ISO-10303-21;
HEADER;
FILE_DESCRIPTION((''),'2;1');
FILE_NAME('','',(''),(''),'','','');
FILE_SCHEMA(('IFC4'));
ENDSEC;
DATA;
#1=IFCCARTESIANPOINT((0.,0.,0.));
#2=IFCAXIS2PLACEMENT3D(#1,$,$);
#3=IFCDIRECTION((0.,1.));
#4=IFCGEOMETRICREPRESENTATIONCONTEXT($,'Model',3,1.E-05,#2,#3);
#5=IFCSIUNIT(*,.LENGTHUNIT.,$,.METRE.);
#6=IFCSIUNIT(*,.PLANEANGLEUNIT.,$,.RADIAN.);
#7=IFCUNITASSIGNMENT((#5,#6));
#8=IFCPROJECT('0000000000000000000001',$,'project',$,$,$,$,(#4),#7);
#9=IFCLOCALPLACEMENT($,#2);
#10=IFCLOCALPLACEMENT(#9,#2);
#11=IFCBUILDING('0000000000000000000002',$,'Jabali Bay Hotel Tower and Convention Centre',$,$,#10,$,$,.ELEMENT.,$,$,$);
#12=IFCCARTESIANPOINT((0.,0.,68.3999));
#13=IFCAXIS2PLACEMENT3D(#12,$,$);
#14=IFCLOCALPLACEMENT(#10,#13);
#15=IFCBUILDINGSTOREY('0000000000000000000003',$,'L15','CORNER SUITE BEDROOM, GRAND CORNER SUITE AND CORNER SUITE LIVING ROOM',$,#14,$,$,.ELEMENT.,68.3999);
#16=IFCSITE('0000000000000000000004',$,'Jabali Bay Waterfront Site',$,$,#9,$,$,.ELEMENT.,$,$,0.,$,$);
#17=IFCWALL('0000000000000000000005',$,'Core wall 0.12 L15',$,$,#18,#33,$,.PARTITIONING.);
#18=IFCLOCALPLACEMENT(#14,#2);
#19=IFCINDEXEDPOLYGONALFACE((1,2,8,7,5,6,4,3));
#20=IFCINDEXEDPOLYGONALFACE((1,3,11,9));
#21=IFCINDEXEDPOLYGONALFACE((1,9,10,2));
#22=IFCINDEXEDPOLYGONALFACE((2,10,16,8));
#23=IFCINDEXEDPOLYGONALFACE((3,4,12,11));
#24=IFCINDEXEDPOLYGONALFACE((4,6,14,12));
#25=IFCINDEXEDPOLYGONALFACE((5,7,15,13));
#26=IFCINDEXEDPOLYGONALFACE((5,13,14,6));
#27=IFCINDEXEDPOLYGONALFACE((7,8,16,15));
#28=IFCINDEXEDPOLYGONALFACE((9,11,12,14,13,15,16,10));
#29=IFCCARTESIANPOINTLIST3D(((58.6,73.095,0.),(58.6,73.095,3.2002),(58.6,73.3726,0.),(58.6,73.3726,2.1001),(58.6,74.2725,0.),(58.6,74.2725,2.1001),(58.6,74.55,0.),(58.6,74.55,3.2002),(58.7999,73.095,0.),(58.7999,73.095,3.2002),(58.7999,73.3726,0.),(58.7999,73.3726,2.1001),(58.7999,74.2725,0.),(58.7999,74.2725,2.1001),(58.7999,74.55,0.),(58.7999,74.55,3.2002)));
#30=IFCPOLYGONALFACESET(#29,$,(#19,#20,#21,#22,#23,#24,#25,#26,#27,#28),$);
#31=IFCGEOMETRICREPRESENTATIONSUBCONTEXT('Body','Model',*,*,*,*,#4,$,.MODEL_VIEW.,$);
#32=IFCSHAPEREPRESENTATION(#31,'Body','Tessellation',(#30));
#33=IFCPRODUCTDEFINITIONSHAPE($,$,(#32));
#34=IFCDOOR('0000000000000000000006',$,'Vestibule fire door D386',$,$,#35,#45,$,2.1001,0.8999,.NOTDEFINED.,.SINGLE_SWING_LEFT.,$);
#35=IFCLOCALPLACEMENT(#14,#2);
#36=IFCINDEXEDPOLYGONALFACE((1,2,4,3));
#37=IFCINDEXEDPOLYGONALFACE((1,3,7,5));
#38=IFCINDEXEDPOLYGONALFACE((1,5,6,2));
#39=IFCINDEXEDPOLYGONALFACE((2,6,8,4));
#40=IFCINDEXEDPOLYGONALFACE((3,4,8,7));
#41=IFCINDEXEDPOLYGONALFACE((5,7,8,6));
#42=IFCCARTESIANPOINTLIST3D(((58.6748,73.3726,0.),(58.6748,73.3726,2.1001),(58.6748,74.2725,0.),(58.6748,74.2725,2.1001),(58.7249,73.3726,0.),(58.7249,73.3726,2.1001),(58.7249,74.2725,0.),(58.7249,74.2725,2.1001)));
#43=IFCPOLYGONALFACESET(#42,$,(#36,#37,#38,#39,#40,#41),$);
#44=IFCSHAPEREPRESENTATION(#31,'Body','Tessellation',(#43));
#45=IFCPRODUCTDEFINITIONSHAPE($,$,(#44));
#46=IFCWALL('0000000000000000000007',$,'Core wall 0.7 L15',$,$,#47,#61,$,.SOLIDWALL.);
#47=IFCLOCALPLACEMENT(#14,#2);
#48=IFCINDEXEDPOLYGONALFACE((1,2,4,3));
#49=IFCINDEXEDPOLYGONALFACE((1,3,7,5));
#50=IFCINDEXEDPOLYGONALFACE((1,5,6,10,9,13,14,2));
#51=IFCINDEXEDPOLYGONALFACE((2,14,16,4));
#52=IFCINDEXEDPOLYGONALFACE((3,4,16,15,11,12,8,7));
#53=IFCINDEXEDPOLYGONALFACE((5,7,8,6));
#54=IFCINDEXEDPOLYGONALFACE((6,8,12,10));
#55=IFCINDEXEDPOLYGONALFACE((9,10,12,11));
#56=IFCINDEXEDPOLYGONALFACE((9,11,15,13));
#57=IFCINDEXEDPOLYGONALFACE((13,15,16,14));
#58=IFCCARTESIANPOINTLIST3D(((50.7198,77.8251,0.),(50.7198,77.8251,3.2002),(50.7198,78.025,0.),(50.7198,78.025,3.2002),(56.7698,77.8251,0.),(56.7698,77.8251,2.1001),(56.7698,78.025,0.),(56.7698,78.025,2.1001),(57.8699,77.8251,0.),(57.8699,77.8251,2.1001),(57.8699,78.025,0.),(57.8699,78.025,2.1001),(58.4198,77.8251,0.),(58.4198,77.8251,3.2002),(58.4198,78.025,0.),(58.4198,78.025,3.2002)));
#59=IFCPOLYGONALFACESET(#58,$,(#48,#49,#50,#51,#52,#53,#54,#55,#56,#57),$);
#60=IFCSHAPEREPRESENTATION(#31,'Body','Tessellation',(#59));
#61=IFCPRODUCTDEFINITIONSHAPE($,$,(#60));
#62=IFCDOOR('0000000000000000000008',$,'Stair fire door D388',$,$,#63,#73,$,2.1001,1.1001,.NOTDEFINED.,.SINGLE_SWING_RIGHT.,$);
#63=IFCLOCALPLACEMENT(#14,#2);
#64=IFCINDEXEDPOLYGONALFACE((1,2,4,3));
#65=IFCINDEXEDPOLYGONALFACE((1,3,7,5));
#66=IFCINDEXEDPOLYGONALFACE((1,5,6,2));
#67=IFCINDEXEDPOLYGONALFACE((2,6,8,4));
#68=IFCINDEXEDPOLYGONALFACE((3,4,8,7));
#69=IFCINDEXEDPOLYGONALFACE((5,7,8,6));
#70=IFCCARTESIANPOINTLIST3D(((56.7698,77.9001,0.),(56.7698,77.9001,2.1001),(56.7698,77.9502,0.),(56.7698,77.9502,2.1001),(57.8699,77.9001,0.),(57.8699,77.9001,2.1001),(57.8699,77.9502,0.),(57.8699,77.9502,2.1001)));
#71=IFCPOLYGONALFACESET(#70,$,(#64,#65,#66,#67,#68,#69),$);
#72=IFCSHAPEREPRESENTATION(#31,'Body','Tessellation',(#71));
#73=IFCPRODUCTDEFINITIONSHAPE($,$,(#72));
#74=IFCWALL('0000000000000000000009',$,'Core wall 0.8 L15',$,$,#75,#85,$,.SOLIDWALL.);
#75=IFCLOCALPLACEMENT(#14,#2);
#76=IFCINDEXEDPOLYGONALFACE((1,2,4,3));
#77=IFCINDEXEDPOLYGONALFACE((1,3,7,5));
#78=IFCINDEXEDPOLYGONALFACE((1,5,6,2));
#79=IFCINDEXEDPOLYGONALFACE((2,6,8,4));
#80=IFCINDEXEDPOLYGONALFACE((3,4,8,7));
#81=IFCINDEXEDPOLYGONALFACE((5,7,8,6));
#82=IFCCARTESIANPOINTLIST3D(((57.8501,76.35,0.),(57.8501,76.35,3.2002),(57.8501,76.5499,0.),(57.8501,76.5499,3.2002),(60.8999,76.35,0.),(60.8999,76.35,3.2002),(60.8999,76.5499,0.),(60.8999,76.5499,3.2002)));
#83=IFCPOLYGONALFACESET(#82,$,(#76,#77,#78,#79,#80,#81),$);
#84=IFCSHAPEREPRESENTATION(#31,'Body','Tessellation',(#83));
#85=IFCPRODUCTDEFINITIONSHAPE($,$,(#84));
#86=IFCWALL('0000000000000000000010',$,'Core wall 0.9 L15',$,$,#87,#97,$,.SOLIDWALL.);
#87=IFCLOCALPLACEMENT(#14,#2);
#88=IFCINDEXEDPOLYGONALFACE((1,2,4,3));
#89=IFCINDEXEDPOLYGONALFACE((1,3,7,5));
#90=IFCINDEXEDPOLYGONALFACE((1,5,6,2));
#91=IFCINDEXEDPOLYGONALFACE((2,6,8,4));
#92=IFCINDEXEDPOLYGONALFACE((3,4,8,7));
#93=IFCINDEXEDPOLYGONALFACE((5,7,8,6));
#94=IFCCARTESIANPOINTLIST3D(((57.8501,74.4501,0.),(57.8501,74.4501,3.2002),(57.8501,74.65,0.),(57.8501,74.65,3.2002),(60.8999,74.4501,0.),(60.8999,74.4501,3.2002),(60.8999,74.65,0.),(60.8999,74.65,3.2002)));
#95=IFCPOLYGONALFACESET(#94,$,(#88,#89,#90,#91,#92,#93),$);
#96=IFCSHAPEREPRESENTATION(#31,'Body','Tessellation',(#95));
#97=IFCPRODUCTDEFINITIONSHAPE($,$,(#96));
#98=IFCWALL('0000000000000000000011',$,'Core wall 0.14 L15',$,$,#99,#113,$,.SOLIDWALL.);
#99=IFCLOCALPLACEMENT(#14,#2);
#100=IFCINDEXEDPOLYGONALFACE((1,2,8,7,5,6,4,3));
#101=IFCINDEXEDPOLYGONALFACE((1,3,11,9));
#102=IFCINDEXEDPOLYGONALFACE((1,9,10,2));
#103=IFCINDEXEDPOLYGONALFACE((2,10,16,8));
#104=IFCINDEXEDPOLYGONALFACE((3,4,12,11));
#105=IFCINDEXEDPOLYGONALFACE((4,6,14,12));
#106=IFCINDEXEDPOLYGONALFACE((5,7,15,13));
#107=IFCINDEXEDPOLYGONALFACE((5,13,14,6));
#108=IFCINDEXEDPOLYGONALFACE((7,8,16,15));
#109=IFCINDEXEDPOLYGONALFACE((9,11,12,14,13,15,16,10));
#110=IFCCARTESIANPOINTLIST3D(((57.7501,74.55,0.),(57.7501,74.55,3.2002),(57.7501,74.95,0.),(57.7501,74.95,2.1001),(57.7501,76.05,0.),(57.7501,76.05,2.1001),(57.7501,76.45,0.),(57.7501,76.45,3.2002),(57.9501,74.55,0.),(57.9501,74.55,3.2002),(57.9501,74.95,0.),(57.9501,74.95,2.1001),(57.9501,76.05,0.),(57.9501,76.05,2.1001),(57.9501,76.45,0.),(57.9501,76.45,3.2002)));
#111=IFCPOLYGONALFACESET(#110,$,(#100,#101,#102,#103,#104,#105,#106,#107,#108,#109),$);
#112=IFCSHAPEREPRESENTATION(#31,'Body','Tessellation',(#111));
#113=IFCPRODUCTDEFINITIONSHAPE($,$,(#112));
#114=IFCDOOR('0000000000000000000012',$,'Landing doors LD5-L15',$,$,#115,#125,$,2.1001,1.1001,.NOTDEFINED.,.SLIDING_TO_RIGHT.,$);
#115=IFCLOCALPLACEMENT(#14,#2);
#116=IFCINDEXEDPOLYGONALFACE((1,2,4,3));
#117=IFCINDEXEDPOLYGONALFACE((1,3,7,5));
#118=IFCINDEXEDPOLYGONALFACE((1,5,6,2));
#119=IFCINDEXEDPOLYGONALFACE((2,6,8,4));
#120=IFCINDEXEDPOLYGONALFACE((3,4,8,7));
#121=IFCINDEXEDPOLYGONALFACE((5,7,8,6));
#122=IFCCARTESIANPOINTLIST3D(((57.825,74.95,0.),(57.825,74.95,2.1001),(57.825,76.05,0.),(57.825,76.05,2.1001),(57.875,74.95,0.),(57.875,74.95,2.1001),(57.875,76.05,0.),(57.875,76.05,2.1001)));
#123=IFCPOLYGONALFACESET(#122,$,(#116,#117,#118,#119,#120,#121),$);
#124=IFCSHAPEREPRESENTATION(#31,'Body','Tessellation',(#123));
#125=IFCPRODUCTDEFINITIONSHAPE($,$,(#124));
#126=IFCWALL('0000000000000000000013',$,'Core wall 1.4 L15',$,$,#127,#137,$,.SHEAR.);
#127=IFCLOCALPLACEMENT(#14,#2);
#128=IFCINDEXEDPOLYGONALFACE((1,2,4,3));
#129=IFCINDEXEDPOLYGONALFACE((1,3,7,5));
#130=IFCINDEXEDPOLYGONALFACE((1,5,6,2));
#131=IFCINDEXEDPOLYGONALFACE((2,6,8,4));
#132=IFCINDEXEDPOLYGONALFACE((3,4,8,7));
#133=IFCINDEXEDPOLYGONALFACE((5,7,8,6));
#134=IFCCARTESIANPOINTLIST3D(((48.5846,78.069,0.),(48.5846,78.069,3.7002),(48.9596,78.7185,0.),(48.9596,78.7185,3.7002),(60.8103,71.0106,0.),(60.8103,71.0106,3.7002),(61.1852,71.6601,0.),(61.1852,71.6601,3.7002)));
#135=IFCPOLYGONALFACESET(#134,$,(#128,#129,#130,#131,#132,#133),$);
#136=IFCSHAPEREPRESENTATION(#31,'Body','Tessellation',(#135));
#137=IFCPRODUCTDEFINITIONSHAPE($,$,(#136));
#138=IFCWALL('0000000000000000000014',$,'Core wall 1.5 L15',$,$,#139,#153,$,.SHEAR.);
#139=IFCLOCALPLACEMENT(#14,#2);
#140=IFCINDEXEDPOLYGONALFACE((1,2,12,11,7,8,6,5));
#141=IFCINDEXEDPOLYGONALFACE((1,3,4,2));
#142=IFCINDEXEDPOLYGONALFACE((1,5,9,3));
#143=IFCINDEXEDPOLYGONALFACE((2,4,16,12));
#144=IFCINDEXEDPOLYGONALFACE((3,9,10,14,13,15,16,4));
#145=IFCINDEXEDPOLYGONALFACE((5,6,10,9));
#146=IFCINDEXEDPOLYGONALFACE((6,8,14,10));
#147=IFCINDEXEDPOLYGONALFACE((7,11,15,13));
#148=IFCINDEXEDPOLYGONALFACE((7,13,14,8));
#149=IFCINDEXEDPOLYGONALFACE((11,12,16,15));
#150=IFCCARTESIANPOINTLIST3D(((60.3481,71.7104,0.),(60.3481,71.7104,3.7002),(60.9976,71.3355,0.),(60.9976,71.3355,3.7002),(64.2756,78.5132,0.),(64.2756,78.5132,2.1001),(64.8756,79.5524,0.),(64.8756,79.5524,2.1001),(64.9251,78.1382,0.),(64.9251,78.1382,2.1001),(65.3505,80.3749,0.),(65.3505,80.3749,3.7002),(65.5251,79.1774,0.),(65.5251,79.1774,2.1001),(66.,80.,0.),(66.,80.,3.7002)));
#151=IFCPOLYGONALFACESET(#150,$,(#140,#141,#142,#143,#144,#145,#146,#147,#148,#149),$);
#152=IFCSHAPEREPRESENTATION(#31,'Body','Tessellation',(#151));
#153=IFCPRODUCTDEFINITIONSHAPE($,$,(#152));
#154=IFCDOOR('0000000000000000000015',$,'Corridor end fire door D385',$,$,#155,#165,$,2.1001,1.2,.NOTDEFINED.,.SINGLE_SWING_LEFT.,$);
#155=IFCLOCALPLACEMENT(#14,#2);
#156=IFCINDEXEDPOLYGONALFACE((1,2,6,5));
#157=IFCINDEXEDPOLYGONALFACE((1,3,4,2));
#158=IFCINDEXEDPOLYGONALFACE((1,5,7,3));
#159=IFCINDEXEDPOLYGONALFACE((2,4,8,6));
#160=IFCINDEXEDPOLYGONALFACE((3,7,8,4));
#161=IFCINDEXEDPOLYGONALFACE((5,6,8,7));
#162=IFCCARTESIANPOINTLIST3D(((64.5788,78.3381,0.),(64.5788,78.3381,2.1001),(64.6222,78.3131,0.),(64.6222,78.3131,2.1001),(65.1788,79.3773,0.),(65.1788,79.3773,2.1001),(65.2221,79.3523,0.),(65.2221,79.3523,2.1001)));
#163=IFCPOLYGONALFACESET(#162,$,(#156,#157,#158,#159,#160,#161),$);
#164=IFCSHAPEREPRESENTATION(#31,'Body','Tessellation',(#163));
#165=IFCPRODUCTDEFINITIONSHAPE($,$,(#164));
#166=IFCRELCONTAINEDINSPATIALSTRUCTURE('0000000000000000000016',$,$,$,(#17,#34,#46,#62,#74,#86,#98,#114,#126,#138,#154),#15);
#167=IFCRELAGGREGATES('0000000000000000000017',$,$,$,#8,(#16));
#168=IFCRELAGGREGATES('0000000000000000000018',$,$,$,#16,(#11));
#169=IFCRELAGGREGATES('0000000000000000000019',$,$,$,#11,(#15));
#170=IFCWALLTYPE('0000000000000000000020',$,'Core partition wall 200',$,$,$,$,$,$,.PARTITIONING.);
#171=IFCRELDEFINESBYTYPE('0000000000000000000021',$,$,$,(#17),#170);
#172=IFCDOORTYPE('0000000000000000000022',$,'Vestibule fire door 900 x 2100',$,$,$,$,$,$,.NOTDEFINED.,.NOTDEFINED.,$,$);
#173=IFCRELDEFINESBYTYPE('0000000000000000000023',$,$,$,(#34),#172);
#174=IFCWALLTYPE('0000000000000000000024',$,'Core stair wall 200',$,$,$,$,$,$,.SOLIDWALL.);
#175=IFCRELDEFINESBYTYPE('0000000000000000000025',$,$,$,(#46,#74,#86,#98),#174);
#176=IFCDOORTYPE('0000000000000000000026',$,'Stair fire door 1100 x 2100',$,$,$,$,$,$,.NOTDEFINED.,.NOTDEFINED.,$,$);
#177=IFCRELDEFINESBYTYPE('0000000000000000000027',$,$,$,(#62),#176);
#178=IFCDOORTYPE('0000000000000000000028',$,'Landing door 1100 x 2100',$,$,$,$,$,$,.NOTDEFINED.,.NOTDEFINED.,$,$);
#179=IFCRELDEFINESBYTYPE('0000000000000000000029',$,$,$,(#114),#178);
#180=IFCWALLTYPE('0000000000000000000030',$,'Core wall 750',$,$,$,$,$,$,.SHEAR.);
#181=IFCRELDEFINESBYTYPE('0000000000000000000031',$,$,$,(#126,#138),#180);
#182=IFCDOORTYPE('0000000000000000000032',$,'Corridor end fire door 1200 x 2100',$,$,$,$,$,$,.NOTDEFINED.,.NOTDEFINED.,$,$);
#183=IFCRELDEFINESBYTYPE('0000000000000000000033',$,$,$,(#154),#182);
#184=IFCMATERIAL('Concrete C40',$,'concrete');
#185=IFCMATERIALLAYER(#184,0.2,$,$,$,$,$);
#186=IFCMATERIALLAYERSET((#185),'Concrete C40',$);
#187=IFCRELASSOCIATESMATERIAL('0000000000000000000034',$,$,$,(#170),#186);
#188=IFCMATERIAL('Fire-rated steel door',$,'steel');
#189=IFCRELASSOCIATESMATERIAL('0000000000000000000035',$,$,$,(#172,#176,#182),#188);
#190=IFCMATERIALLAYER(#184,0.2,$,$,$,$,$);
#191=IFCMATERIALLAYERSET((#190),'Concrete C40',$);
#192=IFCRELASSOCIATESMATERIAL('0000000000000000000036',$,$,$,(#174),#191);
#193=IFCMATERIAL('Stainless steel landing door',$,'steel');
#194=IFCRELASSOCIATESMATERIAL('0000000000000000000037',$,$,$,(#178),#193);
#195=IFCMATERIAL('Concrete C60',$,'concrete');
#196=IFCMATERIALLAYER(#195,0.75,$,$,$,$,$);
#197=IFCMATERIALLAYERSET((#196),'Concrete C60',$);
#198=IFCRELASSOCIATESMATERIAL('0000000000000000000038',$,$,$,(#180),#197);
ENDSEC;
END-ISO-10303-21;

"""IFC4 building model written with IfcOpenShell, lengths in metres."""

from ifc_helpers import new_model, si_unit, direction, frame, frame_2d, origin, place, context, subcontext, project, spatial, rectangle, extrude, material, layer, layer_set, type_object, element, fill, save


model = new_model("IFC4")

# Units and contexts
model_context = context("Model", 3, precision=1e-05, world=origin(), true_north=direction((0.0, 1.0)))
body_context = subcontext(model_context, "Body", "Model", "MODEL_VIEW")
ifc_project = project(units=[si_unit("LENGTHUNIT", "METRE"), si_unit("PLANEANGLEUNIT", "RADIAN")], contexts=[model_context])

# Site, building, storey
site_placement = place(None, origin())
site = spatial("IfcSite", under=ifc_project, at=site_placement, Name="Jabali Bay Waterfront Site", CompositionType="ELEMENT", RefElevation=0.0)
building_placement = place(site_placement, origin())
building = spatial("IfcBuilding", under=site, at=building_placement, Name="Jabali Bay Hotel Tower and Convention Centre", CompositionType="ELEMENT")
storey_placement = place(building_placement, frame((0.0, 0.0, 68.3999)))
storey = spatial("IfcBuildingStorey", under=building, at=storey_placement, Name="L15", Description="CORNER SUITE BEDROOM, GRAND CORNER SUITE AND CORNER SUITE LIVING ROOM", CompositionType="ELEMENT", Elevation=68.3999)

# Walls, openings, doors
ifc_material_1 = material(Name="Concrete C40", Category="concrete")
ifc_layer_1 = layer(ifc_material_1, 0.2)
ifc_layer_set_1 = layer_set([ifc_layer_1], Name="Concrete C40")
wall_type_1 = type_object("IfcWallType", Name="Core partition wall 200", PredefinedType="PARTITIONING", material=ifc_layer_set_1)
wall_1_placement = place(storey_placement, frame((58.7, 74.55, 0.0), z_axis=(0.0, 0.0, 1.0), x_axis=(0.0, -1.0, 0.0)))
wall_1 = element("IfcWall", 1, at=wall_1_placement, inside=storey, type_object=wall_type_1, Name="Core wall 0.12 L15", PredefinedType="PARTITIONING", context=body_context, shape_type="SweptSolid", body=[
    extrude(rectangle(XDim=1.4551, YDim=0.2, at=frame_2d((0.7275, 0.0))), origin(), (0.0, 0.0, 1.0), 3.2002),
])
opening_1_placement = place(wall_1_placement, frame((0.2776, 0.0, 0.0)))
opening_1 = element("IfcOpeningElement", 2, at=opening_1_placement, cuts=wall_1, PredefinedType="OPENING", context=body_context, shape_type="SweptSolid", body=[
    extrude(rectangle(XDim=0.8999, YDim=2.1001, at=frame_2d((0.45, 1.05))), frame((0.0, 0.1104, 0.0), z_axis=(0.0, -1.0, 0.0), x_axis=(1.0, 0.0, 0.0)), (0.0, 0.0, 1.0), 0.2209),
])
ifc_material_2 = material(Name="Fire-rated steel door", Category="steel")
door_type_1 = type_object("IfcDoorType", Name="Vestibule fire door 900 x 2100", OperationType="NOTDEFINED", PredefinedType="NOTDEFINED", material=ifc_material_2)
door_1_placement = place(opening_1_placement, origin())
door_1 = element("IfcDoor", 3, at=door_1_placement, inside=storey, type_object=door_type_1, Name="Vestibule fire door D386", OperationType="SINGLE_SWING_LEFT", OverallHeight=2.1001, OverallWidth=0.8999, PredefinedType="NOTDEFINED", context=body_context, shape_type="SweptSolid", body=[
    extrude(rectangle(XDim=0.8999, YDim=2.1001, at=frame_2d((0.45, 1.05))), frame((0.0, 0.0249, 0.0), z_axis=(0.0, -1.0, 0.0), x_axis=(1.0, 0.0, 0.0)), (0.0, 0.0, 1.0), 0.05),
])
fill(opening_1, door_1)
ifc_layer_2 = layer(ifc_material_1, 0.2)
ifc_layer_set_2 = layer_set([ifc_layer_2], Name="Concrete C40")
wall_type_2 = type_object("IfcWallType", Name="Core stair wall 200", PredefinedType="SOLIDWALL", material=ifc_layer_set_2)
wall_2_placement = place(storey_placement, frame((58.4199, 77.925, 0.0), z_axis=(0.0, 0.0, 1.0), x_axis=(-1.0, 0.0, 0.0)))
wall_2 = element("IfcWall", 4, at=wall_2_placement, inside=storey, type_object=wall_type_2, Name="Core wall 0.7 L15", PredefinedType="SOLIDWALL", context=body_context, shape_type="SweptSolid", body=[
    extrude(rectangle(XDim=7.7, YDim=0.2, at=frame_2d((3.8501, 0.0))), origin(), (0.0, 0.0, 1.0), 3.2002),
])
opening_2_placement = place(wall_2_placement, frame((0.55, 0.0, 0.0)))
opening_2 = element("IfcOpeningElement", 5, at=opening_2_placement, cuts=wall_2, PredefinedType="OPENING", context=body_context, shape_type="SweptSolid", body=[
    extrude(rectangle(XDim=1.1001, YDim=2.1001, at=frame_2d((0.55, 1.05))), frame((0.0, 0.1104, 0.0), z_axis=(0.0, -1.0, 0.0), x_axis=(1.0, 0.0, 0.0)), (0.0, 0.0, 1.0), 0.2209),
])
door_type_2 = type_object("IfcDoorType", Name="Stair fire door 1100 x 2100", OperationType="NOTDEFINED", PredefinedType="NOTDEFINED", material=ifc_material_2)
door_2_placement = place(opening_2_placement, origin())
door_2 = element("IfcDoor", 6, at=door_2_placement, inside=storey, type_object=door_type_2, Name="Stair fire door D388", OperationType="SINGLE_SWING_RIGHT", OverallHeight=2.1001, OverallWidth=1.1001, PredefinedType="NOTDEFINED", context=body_context, shape_type="SweptSolid", body=[
    extrude(rectangle(XDim=1.1001, YDim=2.1001, at=frame_2d((0.55, 1.05))), frame((0.0, 0.0249, 0.0), z_axis=(0.0, -1.0, 0.0), x_axis=(1.0, 0.0, 0.0)), (0.0, 0.0, 1.0), 0.05),
])
fill(opening_2, door_2)

# Walls
for number, where, z_axis, x_axis, name in (
    (7, (60.8999, 76.45, 0.0), (0.0, 0.0, 1.0), (-1.0, 0.0, 0.0), "Core wall 0.8 L15"),
    (8, (60.8999, 74.55, 0.0), (0.0, 0.0, 1.0), (-1.0, 0.0, 0.0), "Core wall 0.9 L15"),
):
    element("IfcWall", number, at=place(storey_placement, frame(where, z_axis=z_axis, x_axis=x_axis)), inside=storey, type_object=wall_type_2, Name=name, PredefinedType="SOLIDWALL", context=body_context, shape_type="SweptSolid", body=[
        extrude(rectangle(XDim=3.0498, YDim=0.2, at=frame_2d((1.5249, 0.0))), origin(), (0.0, 0.0, 1.0), 3.2002),
    ])

# Wall, opening, door
wall_3_placement = place(storey_placement, frame((57.8501, 76.45, 0.0), z_axis=(0.0, 0.0, 1.0), x_axis=(0.0, -1.0, 0.0)))
wall_3 = element("IfcWall", 9, at=wall_3_placement, inside=storey, type_object=wall_type_2, Name="Core wall 0.14 L15", PredefinedType="SOLIDWALL", context=body_context, shape_type="SweptSolid", body=[
    extrude(rectangle(XDim=1.8999, YDim=0.2, at=frame_2d((0.95, 0.0))), origin(), (0.0, 0.0, 1.0), 3.2002),
])
opening_3_placement = place(wall_3_placement, frame((0.3999, 0.0, 0.0)))
opening_3 = element("IfcOpeningElement", 10, at=opening_3_placement, cuts=wall_3, PredefinedType="OPENING", context=body_context, shape_type="SweptSolid", body=[
    extrude(rectangle(XDim=1.1001, YDim=2.1001, at=frame_2d((0.55, 1.05))), frame((0.0, 0.1104, 0.0), z_axis=(0.0, -1.0, 0.0), x_axis=(1.0, 0.0, 0.0)), (0.0, 0.0, 1.0), 0.2209),
])
ifc_material_3 = material(Name="Stainless steel landing door", Category="steel")
door_type_3 = type_object("IfcDoorType", Name="Landing door 1100 x 2100", OperationType="NOTDEFINED", PredefinedType="NOTDEFINED", material=ifc_material_3)
door_3_placement = place(opening_3_placement, origin())
door_3 = element("IfcDoor", 11, at=door_3_placement, inside=storey, type_object=door_type_3, Name="Landing doors LD5-L15", OperationType="SLIDING_TO_RIGHT", OverallHeight=2.1001, OverallWidth=1.1001, PredefinedType="NOTDEFINED", context=body_context, shape_type="SweptSolid", body=[
    extrude(rectangle(XDim=1.1001, YDim=2.1001, at=frame_2d((0.55, 1.05))), frame((0.0, 0.0249, 0.0), z_axis=(0.0, -1.0, 0.0), x_axis=(1.0, 0.0, 0.0)), (0.0, 0.0, 1.0), 0.05),
])
fill(opening_3, door_3)

# Wall
ifc_material_4 = material(Name="Concrete C60", Category="concrete")
ifc_layer_3 = layer(ifc_material_4, 0.75)
ifc_layer_set_3 = layer_set([ifc_layer_3], Name="Concrete C60")
wall_type_3 = type_object("IfcWallType", Name="Core wall 750", PredefinedType="SHEAR", material=ifc_layer_set_3)
wall_4_placement = place(storey_placement, frame((48.772, 78.3938, 0.0), z_axis=(0.0, 0.0, 1.0), x_axis=(0.866028, -0.499995, 0.0)))
element("IfcWall", 12, at=wall_4_placement, inside=storey, type_object=wall_type_3, Name="Core wall 1.4 L15", PredefinedType="SHEAR", context=body_context, shape_type="SweptSolid", body=[
    extrude(rectangle(XDim=14.1169, YDim=0.75, at=frame_2d((7.0586, 0.0))), origin(), (0.0, 0.0, 1.0), 3.7002),
])

# Wall, opening, door
wall_5_placement = place(storey_placement, frame((60.6729, 71.5229, 0.0), z_axis=(0.0, 0.0, 1.0), x_axis=(0.499997, 0.866027, 0.0)))
wall_5 = element("IfcWall", 13, at=wall_5_placement, inside=storey, type_object=wall_type_3, Name="Core wall 1.5 L15", PredefinedType="SHEAR", context=body_context, shape_type="SweptSolid", body=[
    extrude(rectangle(XDim=10.0049, YDim=0.75, at=frame_2d((5.0024, 0.0))), origin(), (0.0, 0.0, 1.0), 3.7002),
])
opening_4_placement = place(wall_5_placement, frame((7.855, 0.0, 0.0)))
opening_4 = element("IfcOpeningElement", 14, at=opening_4_placement, cuts=wall_5, PredefinedType="OPENING", context=body_context, shape_type="SweptSolid", body=[
    extrude(rectangle(XDim=1.2, YDim=2.1001, at=frame_2d((0.6001, 1.05))), frame((0.0, 0.3855, 0.0), z_axis=(0.0, -1.0, 0.0), x_axis=(1.0, 0.0, 0.0)), (0.0, 0.0, 1.0), 0.771),
])
door_type_4 = type_object("IfcDoorType", Name="Corridor end fire door 1200 x 2100", OperationType="NOTDEFINED", PredefinedType="NOTDEFINED", material=ifc_material_2)
door_4_placement = place(opening_4_placement, origin())
door_4 = element("IfcDoor", 15, at=door_4_placement, inside=storey, type_object=door_type_4, Name="Corridor end fire door D385", OperationType="SINGLE_SWING_LEFT", OverallHeight=2.1001, OverallWidth=1.2, PredefinedType="NOTDEFINED", context=body_context, shape_type="SweptSolid", body=[
    extrude(rectangle(XDim=1.2, YDim=2.1001, at=frame_2d((0.6001, 1.05))), frame((0.0, 0.0249, 0.0), z_axis=(0.0, -1.0, 0.0), x_axis=(1.0, 0.0, 0.0)), (0.0, 0.0, 1.0), 0.05),
])
fill(opening_4, door_4)

save(model, "model.ifc")
